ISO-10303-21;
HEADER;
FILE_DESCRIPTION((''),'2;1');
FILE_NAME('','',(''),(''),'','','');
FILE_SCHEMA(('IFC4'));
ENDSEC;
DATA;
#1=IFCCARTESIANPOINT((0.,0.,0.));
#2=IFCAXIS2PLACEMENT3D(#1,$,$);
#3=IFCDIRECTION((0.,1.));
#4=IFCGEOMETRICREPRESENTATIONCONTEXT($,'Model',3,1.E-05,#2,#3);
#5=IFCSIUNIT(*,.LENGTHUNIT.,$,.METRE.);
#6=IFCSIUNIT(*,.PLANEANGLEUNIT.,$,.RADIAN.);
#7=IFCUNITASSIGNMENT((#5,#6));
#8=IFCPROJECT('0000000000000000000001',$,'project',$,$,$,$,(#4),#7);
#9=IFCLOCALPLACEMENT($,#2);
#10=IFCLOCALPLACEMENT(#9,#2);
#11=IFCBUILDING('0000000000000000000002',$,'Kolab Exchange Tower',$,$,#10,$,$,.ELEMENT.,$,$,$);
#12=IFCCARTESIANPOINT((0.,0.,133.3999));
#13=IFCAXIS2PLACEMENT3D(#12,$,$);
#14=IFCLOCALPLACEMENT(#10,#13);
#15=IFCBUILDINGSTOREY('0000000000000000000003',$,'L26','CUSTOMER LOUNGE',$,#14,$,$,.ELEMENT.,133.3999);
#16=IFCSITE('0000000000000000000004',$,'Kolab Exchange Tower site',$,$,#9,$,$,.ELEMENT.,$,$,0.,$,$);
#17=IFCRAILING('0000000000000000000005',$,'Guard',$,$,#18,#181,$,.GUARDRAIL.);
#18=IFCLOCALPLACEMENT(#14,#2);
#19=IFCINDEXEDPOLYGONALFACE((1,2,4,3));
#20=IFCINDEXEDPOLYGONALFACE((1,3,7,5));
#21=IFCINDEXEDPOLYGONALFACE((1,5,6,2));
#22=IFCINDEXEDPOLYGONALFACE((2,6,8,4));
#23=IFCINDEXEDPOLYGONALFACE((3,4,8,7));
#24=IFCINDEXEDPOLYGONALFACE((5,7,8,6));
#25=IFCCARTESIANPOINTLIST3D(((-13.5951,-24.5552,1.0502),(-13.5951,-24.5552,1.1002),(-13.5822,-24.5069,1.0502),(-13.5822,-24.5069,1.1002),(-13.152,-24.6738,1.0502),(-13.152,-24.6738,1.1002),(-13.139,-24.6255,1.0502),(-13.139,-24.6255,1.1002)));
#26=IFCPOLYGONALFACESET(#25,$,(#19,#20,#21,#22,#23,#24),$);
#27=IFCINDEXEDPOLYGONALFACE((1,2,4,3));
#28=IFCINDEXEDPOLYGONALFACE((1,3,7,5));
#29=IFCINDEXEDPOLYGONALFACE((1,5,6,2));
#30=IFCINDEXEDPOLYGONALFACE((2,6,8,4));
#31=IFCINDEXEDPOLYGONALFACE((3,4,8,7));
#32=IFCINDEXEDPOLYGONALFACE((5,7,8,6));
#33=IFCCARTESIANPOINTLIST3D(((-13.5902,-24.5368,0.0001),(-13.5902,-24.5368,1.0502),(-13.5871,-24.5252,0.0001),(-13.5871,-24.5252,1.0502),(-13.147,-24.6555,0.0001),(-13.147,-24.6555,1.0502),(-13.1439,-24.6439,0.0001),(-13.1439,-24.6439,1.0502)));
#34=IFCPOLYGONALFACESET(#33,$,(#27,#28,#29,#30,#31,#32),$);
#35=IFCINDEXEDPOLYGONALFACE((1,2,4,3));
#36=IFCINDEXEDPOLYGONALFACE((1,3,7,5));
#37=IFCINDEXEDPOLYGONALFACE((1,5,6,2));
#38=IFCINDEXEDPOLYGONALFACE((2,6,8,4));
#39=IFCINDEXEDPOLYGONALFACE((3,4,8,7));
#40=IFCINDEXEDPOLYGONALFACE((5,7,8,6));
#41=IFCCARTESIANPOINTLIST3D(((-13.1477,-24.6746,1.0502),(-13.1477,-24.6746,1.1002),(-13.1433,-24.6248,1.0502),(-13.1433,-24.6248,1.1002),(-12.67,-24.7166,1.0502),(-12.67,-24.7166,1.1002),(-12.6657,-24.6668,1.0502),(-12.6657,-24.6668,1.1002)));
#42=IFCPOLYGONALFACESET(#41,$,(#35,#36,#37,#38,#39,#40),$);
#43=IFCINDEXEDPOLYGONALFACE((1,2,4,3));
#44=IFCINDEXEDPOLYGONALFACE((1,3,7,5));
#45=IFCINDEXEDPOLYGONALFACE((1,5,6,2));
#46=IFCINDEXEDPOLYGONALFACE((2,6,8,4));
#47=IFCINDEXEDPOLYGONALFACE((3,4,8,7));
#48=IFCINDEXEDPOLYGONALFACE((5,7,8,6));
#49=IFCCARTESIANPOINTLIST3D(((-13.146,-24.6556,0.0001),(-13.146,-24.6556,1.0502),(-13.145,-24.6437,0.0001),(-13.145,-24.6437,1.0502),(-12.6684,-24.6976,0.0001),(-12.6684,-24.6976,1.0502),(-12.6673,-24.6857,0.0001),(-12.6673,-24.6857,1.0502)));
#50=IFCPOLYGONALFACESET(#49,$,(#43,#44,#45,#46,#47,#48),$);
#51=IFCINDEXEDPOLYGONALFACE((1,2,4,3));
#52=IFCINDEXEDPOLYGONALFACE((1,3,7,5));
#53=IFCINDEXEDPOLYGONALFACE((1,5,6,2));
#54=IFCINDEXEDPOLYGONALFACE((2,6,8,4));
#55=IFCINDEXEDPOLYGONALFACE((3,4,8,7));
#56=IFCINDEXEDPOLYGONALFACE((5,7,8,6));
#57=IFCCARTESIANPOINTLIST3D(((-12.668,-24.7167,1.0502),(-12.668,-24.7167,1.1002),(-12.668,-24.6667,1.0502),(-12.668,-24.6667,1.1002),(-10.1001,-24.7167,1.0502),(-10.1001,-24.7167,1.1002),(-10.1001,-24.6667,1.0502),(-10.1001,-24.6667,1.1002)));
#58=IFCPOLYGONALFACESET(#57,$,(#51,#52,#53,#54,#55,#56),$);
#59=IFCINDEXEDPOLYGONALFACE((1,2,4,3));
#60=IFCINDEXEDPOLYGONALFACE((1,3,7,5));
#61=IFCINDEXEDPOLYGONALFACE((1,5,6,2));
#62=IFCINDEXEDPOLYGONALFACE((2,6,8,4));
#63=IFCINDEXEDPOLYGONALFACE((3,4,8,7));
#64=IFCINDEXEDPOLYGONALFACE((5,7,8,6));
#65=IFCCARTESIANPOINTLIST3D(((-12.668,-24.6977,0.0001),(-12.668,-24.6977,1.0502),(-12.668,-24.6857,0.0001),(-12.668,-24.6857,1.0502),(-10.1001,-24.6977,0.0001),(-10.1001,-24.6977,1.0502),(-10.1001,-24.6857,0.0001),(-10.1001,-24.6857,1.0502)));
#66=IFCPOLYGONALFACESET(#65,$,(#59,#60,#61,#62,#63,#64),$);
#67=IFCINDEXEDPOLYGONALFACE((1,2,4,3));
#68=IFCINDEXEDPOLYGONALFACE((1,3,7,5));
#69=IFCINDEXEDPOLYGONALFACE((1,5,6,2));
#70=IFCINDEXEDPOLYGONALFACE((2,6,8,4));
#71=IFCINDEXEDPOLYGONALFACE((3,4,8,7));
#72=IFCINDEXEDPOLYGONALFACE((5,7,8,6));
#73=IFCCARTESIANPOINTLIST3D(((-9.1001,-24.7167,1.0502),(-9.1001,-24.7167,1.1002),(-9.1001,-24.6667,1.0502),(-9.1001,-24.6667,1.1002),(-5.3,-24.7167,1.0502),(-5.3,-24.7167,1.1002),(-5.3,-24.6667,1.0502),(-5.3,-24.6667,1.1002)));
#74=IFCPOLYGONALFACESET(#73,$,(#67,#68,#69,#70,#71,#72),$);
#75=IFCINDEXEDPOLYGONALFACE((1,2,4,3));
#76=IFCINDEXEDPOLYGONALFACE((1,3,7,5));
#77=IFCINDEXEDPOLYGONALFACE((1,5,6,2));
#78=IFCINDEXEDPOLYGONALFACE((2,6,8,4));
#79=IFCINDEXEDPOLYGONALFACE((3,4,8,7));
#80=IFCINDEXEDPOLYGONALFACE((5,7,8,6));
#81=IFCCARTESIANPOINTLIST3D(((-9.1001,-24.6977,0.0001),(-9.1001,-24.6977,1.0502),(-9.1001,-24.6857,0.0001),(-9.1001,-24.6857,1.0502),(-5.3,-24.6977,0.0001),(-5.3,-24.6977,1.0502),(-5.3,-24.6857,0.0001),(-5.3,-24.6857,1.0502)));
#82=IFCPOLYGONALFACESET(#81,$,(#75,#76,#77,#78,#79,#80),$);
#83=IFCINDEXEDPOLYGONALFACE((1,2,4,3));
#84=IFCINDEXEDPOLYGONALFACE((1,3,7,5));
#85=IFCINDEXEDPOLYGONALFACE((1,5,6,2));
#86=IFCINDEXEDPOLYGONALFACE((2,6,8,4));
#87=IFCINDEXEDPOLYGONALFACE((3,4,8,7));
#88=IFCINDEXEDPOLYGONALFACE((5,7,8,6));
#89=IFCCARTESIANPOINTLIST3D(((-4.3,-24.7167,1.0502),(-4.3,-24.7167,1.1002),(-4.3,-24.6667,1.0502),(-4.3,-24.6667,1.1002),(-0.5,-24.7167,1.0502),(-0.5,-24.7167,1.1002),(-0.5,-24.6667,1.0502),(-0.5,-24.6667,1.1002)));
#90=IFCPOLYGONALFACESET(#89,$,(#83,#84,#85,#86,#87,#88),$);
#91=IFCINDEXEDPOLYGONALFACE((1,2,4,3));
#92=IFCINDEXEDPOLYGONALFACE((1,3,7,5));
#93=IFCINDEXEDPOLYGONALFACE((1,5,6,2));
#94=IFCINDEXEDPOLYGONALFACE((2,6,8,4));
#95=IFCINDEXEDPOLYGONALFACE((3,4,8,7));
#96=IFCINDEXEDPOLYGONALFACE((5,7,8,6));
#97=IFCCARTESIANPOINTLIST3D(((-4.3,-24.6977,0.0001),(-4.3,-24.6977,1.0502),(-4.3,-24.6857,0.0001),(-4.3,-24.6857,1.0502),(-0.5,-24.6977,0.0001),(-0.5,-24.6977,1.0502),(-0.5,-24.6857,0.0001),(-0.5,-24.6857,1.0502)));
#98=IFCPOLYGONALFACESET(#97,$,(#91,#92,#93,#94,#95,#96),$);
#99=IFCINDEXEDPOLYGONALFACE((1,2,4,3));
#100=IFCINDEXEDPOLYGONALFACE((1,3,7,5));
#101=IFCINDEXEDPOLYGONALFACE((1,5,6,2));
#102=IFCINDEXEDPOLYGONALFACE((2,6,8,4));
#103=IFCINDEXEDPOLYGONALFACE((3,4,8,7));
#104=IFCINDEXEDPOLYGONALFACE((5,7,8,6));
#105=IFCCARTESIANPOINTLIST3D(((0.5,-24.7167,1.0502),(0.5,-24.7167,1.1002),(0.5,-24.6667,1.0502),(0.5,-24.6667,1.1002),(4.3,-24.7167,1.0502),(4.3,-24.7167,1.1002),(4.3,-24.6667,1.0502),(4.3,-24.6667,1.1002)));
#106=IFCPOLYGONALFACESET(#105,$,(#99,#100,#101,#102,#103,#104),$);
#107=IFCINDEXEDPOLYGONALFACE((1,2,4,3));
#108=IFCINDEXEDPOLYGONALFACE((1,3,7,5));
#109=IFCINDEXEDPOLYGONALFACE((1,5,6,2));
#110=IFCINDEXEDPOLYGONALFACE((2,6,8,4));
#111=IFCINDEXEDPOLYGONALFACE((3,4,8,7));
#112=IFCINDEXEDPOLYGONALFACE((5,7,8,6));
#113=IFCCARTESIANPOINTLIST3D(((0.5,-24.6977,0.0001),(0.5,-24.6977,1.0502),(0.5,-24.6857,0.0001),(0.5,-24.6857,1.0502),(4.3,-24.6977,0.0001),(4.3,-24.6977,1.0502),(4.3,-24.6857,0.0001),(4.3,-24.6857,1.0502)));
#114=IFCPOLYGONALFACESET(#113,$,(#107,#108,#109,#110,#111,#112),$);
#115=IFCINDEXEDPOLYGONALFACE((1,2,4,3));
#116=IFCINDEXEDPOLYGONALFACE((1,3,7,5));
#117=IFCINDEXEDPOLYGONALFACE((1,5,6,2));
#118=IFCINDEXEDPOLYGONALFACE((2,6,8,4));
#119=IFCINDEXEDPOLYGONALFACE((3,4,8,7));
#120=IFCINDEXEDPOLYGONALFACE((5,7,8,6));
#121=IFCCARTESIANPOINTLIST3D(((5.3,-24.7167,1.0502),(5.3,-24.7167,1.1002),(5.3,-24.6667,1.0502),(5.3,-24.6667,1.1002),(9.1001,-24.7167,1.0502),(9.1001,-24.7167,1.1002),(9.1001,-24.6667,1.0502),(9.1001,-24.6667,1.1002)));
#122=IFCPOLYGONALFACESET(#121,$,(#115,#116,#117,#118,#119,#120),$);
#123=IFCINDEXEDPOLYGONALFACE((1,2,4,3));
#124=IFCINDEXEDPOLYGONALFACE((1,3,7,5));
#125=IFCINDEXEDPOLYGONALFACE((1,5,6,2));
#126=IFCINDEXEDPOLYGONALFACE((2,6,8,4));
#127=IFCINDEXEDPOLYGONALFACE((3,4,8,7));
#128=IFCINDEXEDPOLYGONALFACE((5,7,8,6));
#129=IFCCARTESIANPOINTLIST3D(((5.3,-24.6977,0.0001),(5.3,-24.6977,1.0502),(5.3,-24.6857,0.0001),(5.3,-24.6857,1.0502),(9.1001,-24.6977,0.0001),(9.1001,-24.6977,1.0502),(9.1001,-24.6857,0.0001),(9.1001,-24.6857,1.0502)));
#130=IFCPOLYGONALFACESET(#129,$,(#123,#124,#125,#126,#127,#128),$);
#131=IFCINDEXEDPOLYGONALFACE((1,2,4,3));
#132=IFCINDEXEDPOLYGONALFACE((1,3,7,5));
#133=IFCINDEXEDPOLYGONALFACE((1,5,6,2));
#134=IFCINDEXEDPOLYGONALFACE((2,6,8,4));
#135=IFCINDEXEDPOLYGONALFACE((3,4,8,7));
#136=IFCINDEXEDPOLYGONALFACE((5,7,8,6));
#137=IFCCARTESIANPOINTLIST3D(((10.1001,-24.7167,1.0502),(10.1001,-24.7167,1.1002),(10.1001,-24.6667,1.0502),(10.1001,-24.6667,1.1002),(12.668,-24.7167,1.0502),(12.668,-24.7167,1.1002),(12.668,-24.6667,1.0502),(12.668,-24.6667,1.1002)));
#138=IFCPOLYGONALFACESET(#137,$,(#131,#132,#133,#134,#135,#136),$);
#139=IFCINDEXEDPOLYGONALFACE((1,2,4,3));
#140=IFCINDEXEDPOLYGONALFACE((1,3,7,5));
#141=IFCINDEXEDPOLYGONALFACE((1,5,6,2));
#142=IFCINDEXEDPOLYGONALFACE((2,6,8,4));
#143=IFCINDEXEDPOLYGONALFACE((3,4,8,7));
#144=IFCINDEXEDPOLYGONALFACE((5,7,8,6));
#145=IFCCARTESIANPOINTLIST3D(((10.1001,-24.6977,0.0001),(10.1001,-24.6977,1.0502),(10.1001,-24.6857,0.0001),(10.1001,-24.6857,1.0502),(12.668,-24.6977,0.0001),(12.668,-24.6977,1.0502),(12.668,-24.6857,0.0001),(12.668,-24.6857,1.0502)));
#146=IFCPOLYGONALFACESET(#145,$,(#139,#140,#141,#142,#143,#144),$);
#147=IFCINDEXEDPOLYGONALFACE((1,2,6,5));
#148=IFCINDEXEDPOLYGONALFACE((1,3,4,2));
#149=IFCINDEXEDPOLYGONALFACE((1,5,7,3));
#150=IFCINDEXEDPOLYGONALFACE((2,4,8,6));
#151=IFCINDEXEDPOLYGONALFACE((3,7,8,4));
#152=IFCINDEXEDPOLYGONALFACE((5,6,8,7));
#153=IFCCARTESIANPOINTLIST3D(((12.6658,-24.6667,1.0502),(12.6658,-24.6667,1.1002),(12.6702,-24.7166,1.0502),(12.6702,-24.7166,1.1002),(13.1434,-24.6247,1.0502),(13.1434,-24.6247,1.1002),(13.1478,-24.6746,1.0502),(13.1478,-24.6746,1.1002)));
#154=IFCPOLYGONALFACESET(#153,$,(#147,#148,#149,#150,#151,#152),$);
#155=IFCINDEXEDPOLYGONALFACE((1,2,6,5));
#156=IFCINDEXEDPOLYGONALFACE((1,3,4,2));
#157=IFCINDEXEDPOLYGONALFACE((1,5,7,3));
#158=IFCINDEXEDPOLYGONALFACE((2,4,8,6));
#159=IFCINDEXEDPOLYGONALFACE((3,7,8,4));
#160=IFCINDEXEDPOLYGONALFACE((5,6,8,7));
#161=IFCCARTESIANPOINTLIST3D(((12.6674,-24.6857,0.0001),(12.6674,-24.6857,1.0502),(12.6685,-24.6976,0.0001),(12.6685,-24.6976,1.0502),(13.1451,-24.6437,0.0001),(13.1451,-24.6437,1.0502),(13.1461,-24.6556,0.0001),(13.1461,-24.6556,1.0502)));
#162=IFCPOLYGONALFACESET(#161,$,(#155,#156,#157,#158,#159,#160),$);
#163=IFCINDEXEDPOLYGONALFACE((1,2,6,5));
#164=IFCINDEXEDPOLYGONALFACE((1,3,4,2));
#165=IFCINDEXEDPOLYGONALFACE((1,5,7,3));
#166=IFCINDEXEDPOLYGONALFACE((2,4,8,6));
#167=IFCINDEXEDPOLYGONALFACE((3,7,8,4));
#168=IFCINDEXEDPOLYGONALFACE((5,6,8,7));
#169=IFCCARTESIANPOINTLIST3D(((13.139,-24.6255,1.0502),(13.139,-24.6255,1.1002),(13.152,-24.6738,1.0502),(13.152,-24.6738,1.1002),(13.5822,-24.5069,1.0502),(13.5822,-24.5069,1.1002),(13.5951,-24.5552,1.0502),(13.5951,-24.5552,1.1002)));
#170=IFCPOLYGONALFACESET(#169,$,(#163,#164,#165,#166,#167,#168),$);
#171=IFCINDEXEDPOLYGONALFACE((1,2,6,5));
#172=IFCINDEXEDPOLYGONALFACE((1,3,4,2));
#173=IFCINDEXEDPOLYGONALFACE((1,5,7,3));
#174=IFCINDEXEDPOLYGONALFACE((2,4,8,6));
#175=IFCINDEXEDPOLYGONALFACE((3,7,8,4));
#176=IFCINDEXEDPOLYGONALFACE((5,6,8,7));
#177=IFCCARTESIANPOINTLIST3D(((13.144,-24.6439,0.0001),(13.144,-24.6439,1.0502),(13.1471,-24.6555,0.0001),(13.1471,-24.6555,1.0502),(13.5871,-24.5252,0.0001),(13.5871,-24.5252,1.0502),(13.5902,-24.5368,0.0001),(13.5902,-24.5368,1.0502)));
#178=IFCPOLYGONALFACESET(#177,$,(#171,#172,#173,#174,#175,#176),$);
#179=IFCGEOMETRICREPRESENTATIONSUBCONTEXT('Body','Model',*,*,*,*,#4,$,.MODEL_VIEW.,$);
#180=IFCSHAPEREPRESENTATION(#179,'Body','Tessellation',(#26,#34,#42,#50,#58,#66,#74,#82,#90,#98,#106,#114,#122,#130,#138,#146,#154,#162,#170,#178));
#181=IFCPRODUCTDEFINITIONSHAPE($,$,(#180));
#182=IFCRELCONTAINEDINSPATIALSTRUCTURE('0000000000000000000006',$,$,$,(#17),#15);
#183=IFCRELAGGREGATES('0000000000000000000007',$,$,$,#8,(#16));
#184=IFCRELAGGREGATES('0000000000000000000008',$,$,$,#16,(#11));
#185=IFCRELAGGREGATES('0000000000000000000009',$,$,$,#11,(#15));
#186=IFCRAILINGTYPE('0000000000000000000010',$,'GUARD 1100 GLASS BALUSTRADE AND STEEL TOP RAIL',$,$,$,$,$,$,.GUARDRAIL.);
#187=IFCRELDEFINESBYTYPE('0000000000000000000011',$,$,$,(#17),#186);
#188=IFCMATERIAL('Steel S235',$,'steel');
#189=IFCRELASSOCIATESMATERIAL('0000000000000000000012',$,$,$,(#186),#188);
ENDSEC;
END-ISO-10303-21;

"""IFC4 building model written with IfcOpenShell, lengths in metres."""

from ifc_helpers import new_model, si_unit, direction, frame, frame_2d, origin, origin_2d, place, context, subcontext, project, spatial, rectangle, extrude, material, type_object, element, save


model = new_model("IFC4")

# Units and contexts
model_context = context("Model", 3, precision=1e-05, world=origin(), true_north=direction((0.0, 1.0)))
body_context = subcontext(model_context, "Body", "Model", "MODEL_VIEW")
ifc_project = project(units=[si_unit("LENGTHUNIT", "METRE"), si_unit("PLANEANGLEUNIT", "RADIAN")], contexts=[model_context])

# Site, building, storey
site_placement = place(None, origin())
site = spatial("IfcSite", under=ifc_project, at=site_placement, Name="Kolab Exchange Tower site", CompositionType="ELEMENT", RefElevation=0.0)
building_placement = place(site_placement, origin())
building = spatial("IfcBuilding", under=site, at=building_placement, Name="Kolab Exchange Tower", CompositionType="ELEMENT")
storey_placement = place(building_placement, frame((0.0, 0.0, 133.3999)))
storey = spatial("IfcBuildingStorey", under=building, at=storey_placement, Name="L26", Description="CUSTOMER LOUNGE", CompositionType="ELEMENT", Elevation=133.3999)

# Railing
ifc_material_1 = material(Name="Steel S235", Category="steel")
railing_type = type_object("IfcRailingType", Name="GUARD 1100 GLASS BALUSTRADE AND STEEL TOP RAIL", PredefinedType="GUARDRAIL", material=ifc_material_1)
railing_placement = place(storey_placement, frame((-13.5886, -24.531, 0.0)))
element("IfcRailing", 1, at=railing_placement, inside=storey, type_object=railing_type, Name="Guard", PredefinedType="GUARDRAIL", context=body_context, shape_type="SweptSolid", body=[
    extrude(rectangle(XDim=0.05, YDim=0.05, at=origin_2d()), frame((0.0, 0.0, 1.0752), z_axis=(0.965969, -0.258656, 0.0), x_axis=(0.258656, 0.965969, 0.0)), (0.0, 0.0, 1.0), 0.4587),
    extrude(rectangle(XDim=0.012, YDim=1.0501, at=frame_2d((0.0, 0.5251))), frame((0.0, 0.0, 0.0), z_axis=(0.965969, -0.258656, 0.0), x_axis=(0.258656, 0.965969, 0.0)), (0.0, 0.0, 1.0), 0.4587),
    extrude(rectangle(XDim=0.05, YDim=0.05, at=origin_2d()), frame((0.4431, -0.1187, 1.0752), z_axis=(0.996156, -0.087597, 0.0), x_axis=(0.087597, 0.996156, 0.0)), (0.0, 0.0, 1.0), 0.4795),
    extrude(rectangle(XDim=0.012, YDim=1.0501, at=frame_2d((0.0, 0.5251))), frame((0.4431, -0.1187, 0.0), z_axis=(0.996156, -0.087597, 0.0), x_axis=(0.087597, 0.996156, 0.0)), (0.0, 0.0, 1.0), 0.4795),
    extrude(rectangle(XDim=0.05, YDim=0.05, at=origin_2d()), frame((0.9207, -0.1606, 1.0752), z_axis=(1.0, 0.0, 0.0), x_axis=(0.0, 1.0, 0.0)), (0.0, 0.0, 1.0), 2.5679),
    extrude(rectangle(XDim=0.012, YDim=1.0501, at=frame_2d((0.0, 0.5251))), frame((0.9207, -0.1606, 0.0), z_axis=(1.0, 0.0, 0.0), x_axis=(0.0, 1.0, 0.0)), (0.0, 0.0, 1.0), 2.5679),
    extrude(rectangle(XDim=0.05, YDim=0.05, at=origin_2d()), frame((4.4885, -0.1606, 1.0752), z_axis=(1.0, 0.0, 0.0), x_axis=(0.0, 1.0, 0.0)), (0.0, 0.0, 1.0), 3.8),
    extrude(rectangle(XDim=0.012, YDim=1.0501, at=frame_2d((0.0, 0.5251))), frame((4.4885, -0.1606, 0.0), z_axis=(1.0, 0.0, 0.0), x_axis=(0.0, 1.0, 0.0)), (0.0, 0.0, 1.0), 3.8),
    extrude(rectangle(XDim=0.05, YDim=0.05, at=origin_2d()), frame((9.2886, -0.1606, 1.0752), z_axis=(1.0, 0.0, 0.0), x_axis=(0.0, 1.0, 0.0)), (0.0, 0.0, 1.0), 3.8),
    extrude(rectangle(XDim=0.012, YDim=1.0501, at=frame_2d((0.0, 0.5251))), frame((9.2886, -0.1606, 0.0), z_axis=(1.0, 0.0, 0.0), x_axis=(0.0, 1.0, 0.0)), (0.0, 0.0, 1.0), 3.8),
    extrude(rectangle(XDim=0.05, YDim=0.05, at=origin_2d()), frame((14.0886, -0.1606, 1.0752), z_axis=(1.0, 0.0, 0.0), x_axis=(0.0, 1.0, 0.0)), (0.0, 0.0, 1.0), 3.8),
    extrude(rectangle(XDim=0.012, YDim=1.0501, at=frame_2d((0.0, 0.5251))), frame((14.0886, -0.1606, 0.0), z_axis=(1.0, 0.0, 0.0), x_axis=(0.0, 1.0, 0.0)), (0.0, 0.0, 1.0), 3.8),
    extrude(rectangle(XDim=0.05, YDim=0.05, at=origin_2d()), frame((18.8887, -0.1606, 1.0752), z_axis=(1.0, 0.0, 0.0), x_axis=(0.0, 1.0, 0.0)), (0.0, 0.0, 1.0), 3.8),
    extrude(rectangle(XDim=0.012, YDim=1.0501, at=frame_2d((0.0, 0.5251))), frame((18.8887, -0.1606, 0.0), z_axis=(1.0, 0.0, 0.0), x_axis=(0.0, 1.0, 0.0)), (0.0, 0.0, 1.0), 3.8),
    extrude(rectangle(XDim=0.05, YDim=0.05, at=origin_2d()), frame((23.6887, -0.1606, 1.0752), z_axis=(1.0, 0.0, 0.0), x_axis=(0.0, 1.0, 0.0)), (0.0, 0.0, 1.0), 2.5679),
    extrude(rectangle(XDim=0.012, YDim=1.0501, at=frame_2d((0.0, 0.5251))), frame((23.6887, -0.1606, 0.0), z_axis=(1.0, 0.0, 0.0), x_axis=(0.0, 1.0, 0.0)), (0.0, 0.0, 1.0), 2.5679),
    extrude(rectangle(XDim=0.05, YDim=0.05, at=origin_2d()), frame((26.2566, -0.1606, 1.0752), z_axis=(0.996156, 0.087597, 0.0), x_axis=(-0.087597, 0.996156, 0.0)), (0.0, 0.0, 1.0), 0.4795),
    extrude(rectangle(XDim=0.012, YDim=1.0501, at=frame_2d((0.0, 0.5251))), frame((26.2566, -0.1606, 0.0), z_axis=(0.996156, 0.087597, 0.0), x_axis=(-0.087597, 0.996156, 0.0)), (0.0, 0.0, 1.0), 0.4795),
    extrude(rectangle(XDim=0.05, YDim=0.05, at=origin_2d()), frame((26.7341, -0.1187, 1.0752), z_axis=(0.965969, 0.258656, 0.0), x_axis=(-0.258656, 0.965969, 0.0)), (0.0, 0.0, 1.0), 0.4587),
    extrude(rectangle(XDim=0.012, YDim=1.0501, at=frame_2d((0.0, 0.5251))), frame((26.7341, -0.1187, 0.0), z_axis=(0.965969, 0.258656, 0.0), x_axis=(-0.258656, 0.965969, 0.0)), (0.0, 0.0, 1.0), 0.4587),
])

save(model, "model.ifc")
